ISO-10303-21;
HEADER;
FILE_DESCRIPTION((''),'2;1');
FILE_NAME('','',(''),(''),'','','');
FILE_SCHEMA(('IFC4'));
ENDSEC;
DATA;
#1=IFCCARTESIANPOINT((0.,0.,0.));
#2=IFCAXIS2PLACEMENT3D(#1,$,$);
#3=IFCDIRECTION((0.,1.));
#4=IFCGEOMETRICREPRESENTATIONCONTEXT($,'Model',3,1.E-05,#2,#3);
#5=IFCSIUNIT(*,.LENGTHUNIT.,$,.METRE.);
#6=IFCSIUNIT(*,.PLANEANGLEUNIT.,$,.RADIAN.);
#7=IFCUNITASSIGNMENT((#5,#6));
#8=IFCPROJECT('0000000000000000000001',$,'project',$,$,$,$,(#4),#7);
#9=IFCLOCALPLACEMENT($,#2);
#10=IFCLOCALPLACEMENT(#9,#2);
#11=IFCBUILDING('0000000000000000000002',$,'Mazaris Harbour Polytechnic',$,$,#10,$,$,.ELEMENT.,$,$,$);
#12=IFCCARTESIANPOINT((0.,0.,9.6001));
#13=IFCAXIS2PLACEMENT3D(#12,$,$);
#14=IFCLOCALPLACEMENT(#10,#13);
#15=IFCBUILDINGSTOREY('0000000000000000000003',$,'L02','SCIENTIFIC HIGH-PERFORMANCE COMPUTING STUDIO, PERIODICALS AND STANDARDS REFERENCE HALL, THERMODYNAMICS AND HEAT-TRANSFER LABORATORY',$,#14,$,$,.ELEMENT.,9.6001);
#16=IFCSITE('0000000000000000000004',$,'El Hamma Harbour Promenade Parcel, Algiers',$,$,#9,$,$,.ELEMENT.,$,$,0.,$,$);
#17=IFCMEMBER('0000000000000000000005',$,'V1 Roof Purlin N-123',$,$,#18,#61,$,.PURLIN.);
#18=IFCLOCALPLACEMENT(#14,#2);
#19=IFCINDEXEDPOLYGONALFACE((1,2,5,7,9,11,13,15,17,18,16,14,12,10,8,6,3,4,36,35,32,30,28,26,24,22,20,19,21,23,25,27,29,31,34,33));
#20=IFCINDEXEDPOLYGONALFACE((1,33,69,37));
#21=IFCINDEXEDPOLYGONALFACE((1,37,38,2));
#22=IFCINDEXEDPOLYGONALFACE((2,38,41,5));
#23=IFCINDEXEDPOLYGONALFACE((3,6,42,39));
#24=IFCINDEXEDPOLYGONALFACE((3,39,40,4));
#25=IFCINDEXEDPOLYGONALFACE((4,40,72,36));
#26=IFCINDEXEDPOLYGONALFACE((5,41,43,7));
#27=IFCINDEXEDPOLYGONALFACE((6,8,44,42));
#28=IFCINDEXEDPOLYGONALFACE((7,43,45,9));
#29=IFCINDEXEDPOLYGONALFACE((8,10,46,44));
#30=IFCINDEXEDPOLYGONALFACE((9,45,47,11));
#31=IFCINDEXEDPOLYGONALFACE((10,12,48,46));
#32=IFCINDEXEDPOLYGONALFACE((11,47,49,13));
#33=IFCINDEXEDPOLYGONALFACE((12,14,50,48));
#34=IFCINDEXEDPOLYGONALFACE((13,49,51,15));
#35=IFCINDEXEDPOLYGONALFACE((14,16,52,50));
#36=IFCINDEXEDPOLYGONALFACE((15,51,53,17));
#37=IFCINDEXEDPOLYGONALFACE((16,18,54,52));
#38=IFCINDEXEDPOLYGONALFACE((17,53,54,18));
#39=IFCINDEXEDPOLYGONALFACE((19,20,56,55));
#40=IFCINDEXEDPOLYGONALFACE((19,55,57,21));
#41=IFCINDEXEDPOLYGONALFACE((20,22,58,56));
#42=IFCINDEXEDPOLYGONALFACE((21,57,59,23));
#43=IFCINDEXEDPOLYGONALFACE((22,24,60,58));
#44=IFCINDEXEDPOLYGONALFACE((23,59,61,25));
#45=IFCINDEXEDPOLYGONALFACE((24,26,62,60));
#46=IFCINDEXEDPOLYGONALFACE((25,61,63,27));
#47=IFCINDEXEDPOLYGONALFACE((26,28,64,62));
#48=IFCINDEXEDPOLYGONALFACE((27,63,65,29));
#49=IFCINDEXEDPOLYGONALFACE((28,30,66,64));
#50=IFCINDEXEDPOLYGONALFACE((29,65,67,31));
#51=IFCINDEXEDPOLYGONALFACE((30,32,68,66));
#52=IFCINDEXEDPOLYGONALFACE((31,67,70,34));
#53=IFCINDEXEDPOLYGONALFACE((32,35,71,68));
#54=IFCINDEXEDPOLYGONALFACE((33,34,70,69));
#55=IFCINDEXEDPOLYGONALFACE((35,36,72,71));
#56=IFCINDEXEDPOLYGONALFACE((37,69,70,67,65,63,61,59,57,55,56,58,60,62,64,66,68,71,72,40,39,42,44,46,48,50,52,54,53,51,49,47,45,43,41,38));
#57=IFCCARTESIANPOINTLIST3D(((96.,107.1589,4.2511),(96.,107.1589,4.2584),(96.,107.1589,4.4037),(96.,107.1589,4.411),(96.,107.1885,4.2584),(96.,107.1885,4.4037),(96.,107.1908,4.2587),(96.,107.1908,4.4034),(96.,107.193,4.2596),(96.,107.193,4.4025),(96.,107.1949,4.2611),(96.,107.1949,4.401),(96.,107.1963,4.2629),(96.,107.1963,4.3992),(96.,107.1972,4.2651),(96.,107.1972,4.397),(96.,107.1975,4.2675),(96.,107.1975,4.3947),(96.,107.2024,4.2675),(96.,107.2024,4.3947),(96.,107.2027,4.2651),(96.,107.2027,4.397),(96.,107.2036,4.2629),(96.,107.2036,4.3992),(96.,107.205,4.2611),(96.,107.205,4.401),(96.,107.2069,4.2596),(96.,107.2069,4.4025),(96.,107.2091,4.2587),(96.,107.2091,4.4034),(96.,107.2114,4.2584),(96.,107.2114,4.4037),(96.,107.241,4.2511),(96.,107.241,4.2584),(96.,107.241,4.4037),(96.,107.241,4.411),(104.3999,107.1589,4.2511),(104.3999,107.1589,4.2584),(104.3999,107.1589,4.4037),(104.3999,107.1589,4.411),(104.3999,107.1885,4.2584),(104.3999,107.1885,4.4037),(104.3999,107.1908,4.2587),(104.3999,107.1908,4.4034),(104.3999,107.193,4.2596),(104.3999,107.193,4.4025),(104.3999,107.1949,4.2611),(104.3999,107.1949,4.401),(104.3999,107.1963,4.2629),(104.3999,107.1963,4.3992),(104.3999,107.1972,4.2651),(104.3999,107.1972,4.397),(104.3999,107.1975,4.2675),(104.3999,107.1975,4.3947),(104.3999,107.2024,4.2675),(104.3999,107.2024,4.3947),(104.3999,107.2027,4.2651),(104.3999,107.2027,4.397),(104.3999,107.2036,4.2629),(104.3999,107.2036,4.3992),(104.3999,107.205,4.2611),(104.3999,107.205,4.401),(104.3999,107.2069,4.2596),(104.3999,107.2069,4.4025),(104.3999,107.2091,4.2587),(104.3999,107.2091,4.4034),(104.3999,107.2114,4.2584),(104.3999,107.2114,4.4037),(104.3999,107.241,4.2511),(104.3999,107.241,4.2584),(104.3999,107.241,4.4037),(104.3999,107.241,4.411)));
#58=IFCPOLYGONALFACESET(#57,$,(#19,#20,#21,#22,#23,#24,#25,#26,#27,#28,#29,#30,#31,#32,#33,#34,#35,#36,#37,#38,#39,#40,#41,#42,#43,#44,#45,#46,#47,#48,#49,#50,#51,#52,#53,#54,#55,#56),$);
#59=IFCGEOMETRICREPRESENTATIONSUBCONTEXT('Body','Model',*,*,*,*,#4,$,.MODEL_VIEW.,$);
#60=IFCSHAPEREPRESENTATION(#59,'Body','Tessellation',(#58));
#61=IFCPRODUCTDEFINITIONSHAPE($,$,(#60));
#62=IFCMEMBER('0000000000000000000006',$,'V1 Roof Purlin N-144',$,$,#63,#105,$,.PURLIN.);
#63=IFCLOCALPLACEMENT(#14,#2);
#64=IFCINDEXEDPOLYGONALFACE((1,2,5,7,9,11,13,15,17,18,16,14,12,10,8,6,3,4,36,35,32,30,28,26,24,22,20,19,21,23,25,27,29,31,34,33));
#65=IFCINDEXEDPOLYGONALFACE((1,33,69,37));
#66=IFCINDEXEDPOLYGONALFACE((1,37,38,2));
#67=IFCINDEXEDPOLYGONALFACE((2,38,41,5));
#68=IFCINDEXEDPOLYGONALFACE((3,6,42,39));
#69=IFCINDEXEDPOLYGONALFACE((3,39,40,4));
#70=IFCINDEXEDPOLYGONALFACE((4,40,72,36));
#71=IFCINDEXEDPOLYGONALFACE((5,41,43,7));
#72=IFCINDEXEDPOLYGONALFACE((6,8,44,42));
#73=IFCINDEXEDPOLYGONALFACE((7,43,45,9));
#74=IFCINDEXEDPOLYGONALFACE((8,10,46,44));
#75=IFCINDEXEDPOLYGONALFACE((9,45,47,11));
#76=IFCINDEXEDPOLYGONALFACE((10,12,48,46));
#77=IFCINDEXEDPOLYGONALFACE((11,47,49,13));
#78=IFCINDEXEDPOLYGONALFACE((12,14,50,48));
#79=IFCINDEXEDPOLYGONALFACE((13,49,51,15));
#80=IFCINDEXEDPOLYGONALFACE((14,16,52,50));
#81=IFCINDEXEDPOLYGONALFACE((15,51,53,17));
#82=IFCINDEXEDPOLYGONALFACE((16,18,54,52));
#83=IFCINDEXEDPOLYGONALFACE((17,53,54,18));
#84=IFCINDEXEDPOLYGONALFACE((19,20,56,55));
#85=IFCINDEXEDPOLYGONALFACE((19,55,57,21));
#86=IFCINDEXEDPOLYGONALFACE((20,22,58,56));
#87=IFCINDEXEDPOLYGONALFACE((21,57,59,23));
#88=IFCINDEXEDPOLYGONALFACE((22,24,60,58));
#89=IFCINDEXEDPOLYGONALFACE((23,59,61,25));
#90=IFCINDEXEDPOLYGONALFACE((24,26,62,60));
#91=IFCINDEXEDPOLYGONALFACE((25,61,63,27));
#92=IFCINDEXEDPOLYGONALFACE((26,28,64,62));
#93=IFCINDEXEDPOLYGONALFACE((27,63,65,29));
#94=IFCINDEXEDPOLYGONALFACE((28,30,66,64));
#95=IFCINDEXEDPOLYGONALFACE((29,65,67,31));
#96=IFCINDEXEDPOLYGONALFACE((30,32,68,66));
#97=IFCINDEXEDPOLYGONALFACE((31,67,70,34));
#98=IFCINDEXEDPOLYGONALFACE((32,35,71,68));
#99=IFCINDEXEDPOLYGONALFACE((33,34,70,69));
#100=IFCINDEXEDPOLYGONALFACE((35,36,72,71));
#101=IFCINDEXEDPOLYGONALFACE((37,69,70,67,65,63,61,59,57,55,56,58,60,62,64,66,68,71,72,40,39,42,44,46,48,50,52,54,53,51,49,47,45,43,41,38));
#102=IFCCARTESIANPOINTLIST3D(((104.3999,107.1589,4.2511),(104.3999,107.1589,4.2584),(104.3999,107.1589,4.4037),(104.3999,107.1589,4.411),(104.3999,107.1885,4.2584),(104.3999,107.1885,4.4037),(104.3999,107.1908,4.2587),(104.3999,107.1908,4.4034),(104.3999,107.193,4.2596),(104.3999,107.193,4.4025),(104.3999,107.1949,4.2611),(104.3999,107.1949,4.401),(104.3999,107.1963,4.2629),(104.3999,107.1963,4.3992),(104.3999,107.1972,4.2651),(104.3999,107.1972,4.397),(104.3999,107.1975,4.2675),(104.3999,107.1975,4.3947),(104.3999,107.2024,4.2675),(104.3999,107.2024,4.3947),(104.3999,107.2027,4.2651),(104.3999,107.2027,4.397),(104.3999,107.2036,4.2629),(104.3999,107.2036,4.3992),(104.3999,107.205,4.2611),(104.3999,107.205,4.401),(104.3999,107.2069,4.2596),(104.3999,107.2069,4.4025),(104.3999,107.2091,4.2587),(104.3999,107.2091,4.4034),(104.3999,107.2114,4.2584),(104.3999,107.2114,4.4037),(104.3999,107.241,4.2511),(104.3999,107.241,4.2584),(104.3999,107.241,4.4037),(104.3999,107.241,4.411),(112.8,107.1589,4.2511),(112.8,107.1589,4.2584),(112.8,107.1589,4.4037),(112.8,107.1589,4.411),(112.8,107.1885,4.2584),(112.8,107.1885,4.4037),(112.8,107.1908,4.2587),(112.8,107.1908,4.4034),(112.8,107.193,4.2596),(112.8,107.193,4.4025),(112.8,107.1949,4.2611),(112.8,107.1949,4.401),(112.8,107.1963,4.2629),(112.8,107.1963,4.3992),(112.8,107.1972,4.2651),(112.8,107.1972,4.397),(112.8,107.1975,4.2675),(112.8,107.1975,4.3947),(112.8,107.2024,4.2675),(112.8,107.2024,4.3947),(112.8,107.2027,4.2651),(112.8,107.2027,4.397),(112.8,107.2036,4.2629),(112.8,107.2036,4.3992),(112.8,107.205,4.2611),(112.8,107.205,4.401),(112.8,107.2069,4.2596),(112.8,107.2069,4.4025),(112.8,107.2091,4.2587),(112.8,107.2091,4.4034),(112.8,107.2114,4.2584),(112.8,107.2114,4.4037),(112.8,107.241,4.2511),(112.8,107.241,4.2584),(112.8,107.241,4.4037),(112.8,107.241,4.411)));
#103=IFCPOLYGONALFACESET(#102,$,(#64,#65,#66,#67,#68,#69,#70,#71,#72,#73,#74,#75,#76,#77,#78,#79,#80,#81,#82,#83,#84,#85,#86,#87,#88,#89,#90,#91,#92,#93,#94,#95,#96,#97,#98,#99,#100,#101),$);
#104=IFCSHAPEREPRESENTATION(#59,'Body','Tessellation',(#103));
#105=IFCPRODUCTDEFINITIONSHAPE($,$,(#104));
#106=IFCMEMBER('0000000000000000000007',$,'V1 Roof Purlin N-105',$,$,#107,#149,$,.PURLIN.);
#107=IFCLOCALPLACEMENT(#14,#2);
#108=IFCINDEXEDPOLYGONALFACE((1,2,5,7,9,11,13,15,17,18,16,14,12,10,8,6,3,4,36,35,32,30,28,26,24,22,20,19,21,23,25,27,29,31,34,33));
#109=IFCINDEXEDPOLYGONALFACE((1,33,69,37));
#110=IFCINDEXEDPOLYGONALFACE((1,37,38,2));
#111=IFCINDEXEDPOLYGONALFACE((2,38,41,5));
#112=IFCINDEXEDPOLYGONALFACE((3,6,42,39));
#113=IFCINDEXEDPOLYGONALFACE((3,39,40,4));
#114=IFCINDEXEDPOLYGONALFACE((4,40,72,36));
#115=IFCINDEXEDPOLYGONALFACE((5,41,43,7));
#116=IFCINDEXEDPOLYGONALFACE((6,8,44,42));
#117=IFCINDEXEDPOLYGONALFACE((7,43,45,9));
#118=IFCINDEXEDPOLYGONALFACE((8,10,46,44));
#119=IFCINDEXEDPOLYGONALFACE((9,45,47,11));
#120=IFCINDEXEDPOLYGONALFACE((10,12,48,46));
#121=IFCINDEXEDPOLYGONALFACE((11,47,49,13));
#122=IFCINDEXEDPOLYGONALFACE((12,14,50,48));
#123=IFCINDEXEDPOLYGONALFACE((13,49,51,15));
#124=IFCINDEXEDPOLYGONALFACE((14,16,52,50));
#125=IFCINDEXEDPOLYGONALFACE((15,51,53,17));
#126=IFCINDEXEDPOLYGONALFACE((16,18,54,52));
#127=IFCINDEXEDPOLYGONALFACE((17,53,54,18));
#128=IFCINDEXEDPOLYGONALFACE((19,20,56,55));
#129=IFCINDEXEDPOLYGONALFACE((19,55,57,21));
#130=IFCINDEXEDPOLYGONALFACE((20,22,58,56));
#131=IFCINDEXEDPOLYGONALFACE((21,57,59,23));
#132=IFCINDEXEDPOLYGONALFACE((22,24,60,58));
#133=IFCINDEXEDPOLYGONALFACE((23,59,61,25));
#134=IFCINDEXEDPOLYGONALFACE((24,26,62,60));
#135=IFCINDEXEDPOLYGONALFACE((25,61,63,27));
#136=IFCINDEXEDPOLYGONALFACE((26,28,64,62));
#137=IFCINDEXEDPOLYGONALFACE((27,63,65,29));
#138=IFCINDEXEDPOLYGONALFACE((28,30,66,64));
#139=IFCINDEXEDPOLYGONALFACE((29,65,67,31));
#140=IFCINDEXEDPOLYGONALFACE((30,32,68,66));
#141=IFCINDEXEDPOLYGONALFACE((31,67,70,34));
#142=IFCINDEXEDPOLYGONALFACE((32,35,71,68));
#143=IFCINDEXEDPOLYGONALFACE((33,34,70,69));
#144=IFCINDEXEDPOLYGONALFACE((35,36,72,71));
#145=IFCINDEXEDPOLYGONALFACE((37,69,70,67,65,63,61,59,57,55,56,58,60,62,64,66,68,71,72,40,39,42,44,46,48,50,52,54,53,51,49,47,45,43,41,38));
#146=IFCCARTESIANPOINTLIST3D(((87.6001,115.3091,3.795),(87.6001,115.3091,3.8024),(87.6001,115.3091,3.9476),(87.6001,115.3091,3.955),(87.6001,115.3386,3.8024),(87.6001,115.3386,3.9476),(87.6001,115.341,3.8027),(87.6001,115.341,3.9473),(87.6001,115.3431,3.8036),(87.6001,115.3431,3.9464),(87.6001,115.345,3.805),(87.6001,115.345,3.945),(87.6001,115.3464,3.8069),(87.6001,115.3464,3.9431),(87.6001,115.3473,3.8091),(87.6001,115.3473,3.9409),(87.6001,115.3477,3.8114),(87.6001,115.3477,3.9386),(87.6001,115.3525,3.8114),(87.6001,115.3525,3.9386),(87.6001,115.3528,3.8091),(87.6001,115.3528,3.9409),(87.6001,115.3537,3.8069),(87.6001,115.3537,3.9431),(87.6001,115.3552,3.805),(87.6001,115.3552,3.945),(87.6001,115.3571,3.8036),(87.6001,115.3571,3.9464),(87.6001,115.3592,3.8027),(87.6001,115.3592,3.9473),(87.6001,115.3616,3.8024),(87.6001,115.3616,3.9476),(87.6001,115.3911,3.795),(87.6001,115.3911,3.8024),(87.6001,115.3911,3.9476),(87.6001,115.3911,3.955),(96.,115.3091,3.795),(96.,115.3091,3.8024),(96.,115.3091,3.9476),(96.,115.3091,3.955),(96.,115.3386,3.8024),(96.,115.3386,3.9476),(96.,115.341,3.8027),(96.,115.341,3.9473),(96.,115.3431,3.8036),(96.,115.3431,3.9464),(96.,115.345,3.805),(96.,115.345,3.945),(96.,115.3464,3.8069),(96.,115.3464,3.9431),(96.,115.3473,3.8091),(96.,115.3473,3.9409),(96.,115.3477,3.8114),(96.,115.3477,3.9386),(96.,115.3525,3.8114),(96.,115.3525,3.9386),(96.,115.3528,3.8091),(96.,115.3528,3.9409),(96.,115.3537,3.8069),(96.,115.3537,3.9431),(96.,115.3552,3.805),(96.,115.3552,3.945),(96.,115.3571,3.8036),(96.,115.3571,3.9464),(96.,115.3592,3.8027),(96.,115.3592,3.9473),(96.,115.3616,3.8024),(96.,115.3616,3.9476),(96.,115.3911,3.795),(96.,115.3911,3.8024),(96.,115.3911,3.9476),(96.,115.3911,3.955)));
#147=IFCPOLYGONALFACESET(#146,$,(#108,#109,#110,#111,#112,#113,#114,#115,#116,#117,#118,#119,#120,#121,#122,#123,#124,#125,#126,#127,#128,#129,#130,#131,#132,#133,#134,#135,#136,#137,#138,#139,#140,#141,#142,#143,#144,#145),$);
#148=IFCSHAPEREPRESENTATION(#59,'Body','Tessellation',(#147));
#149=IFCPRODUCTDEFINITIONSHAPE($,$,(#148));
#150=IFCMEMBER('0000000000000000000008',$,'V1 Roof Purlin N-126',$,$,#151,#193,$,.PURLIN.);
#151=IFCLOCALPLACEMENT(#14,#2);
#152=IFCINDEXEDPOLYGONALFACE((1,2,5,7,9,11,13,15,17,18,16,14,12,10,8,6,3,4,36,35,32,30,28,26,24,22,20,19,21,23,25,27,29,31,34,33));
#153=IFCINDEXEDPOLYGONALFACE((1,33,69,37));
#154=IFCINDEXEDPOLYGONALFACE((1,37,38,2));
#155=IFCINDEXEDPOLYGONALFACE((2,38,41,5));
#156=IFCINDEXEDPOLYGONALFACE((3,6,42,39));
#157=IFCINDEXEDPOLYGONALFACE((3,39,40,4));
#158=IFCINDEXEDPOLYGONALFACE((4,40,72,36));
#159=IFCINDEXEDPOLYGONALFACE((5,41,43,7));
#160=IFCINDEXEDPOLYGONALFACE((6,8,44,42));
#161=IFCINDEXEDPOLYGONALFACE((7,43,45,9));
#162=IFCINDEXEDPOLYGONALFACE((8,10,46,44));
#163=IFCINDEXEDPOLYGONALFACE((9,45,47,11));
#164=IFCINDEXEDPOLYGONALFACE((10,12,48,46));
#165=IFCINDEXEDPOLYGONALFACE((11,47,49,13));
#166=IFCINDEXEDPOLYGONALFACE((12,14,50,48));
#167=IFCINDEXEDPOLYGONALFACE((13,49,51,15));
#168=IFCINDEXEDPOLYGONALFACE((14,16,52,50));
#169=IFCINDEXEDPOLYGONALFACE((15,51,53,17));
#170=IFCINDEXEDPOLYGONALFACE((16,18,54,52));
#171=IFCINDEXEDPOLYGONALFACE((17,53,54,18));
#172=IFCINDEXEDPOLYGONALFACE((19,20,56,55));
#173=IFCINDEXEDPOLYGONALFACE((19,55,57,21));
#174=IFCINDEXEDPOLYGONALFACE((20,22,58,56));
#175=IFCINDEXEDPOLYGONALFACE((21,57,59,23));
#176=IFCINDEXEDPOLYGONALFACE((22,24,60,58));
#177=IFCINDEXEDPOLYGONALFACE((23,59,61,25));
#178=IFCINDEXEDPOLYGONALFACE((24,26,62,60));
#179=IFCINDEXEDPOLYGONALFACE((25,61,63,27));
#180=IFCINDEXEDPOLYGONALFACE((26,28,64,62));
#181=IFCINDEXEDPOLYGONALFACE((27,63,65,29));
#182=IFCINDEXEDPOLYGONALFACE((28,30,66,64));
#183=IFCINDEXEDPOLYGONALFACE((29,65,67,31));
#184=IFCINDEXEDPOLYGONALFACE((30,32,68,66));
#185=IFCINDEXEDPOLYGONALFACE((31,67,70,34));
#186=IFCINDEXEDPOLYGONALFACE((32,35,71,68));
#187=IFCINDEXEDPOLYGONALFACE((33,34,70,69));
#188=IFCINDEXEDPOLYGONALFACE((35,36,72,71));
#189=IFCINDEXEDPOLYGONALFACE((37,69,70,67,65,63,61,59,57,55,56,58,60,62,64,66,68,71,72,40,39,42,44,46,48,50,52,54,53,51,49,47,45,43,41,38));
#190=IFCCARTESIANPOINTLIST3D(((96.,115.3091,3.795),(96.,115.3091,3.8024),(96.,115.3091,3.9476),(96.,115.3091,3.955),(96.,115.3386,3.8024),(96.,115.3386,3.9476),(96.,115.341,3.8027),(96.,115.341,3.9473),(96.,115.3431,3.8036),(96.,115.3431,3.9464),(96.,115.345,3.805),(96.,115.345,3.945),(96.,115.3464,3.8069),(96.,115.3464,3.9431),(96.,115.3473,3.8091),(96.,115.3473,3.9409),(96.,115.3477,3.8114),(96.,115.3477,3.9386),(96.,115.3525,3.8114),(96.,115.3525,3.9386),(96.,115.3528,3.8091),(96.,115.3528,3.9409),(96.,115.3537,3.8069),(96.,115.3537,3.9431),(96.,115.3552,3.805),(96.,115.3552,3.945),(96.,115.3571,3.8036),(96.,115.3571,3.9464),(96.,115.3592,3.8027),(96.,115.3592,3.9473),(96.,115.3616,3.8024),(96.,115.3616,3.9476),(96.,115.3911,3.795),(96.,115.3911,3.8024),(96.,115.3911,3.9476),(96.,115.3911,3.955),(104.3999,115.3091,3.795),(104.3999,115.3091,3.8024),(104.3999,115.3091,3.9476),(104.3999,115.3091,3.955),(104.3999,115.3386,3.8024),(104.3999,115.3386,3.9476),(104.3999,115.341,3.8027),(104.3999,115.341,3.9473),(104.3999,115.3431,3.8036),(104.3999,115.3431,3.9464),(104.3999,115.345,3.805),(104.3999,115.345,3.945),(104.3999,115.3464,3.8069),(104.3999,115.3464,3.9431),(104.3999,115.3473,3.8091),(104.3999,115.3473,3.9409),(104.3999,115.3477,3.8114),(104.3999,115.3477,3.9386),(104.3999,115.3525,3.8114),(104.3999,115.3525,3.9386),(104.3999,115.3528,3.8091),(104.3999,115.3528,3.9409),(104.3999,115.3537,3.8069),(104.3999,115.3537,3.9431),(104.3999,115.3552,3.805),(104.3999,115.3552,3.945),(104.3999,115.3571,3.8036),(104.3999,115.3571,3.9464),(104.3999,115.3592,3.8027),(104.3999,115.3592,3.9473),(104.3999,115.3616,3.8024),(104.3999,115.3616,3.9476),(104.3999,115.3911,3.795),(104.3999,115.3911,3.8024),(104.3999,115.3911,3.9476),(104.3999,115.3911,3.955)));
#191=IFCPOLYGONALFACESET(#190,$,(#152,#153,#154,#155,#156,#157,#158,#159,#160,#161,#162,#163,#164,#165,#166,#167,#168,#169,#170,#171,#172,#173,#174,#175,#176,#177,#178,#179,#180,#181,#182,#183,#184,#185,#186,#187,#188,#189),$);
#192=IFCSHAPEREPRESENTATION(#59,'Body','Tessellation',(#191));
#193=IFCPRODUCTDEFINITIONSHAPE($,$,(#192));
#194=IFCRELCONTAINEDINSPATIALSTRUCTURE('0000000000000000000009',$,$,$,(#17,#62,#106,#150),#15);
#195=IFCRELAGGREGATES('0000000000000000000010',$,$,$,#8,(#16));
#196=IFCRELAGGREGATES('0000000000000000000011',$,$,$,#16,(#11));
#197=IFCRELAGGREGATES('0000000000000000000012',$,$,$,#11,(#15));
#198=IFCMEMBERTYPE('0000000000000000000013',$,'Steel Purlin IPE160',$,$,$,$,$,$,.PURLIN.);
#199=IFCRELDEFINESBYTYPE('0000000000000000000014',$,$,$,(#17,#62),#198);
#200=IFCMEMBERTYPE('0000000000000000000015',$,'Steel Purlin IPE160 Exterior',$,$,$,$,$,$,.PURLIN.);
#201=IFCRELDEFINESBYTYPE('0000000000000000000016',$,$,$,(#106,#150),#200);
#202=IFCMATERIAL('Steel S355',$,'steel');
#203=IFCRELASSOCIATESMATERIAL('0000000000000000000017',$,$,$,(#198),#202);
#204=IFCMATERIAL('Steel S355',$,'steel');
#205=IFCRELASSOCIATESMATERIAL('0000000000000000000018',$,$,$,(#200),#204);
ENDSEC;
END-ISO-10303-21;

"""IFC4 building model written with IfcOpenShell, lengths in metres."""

from ifc_helpers import new_model, si_unit, direction, frame, origin, origin_2d, place, context, subcontext, project, spatial, i_section, extrude, material, material_profile, profile_set, type_object, element, save


model = new_model("IFC4")

# Units and contexts
model_context = context("Model", 3, precision=1e-05, world=origin(), true_north=direction((0.0, 1.0)))
body_context = subcontext(model_context, "Body", "Model", "MODEL_VIEW")
ifc_project = project(units=[si_unit("LENGTHUNIT", "METRE"), si_unit("PLANEANGLEUNIT", "RADIAN")], contexts=[model_context])

# Site, building, storey
site_placement = place(None, origin())
site = spatial("IfcSite", under=ifc_project, at=site_placement, Name="El Hamma Harbour Promenade Parcel, Algiers", CompositionType="ELEMENT", RefElevation=0.0)
building_placement = place(site_placement, origin())
building = spatial("IfcBuilding", under=site, at=building_placement, Name="Mazaris Harbour Polytechnic", CompositionType="ELEMENT")
storey_placement = place(building_placement, frame((0.0, 0.0, 9.6001)))
storey = spatial("IfcBuildingStorey", under=building, at=storey_placement, Name="L02", Description="SCIENTIFIC HIGH-PERFORMANCE COMPUTING STUDIO, PERIODICALS AND STANDARDS REFERENCE HALL, THERMODYNAMICS AND HEAT-TRANSFER LABORATORY", CompositionType="ELEMENT", Elevation=9.6001)

# Members
ifc_material_1 = material(Name="Steel S355", Category="steel")
ifc_material_profile_1 = material_profile(ifc_material_1, i_section(OverallWidth=0.082, OverallDepth=0.1599, WebThickness=0.0049, FlangeThickness=0.0073, FilletRadius=0.009, at=origin_2d()), Name="IPE 160")
ifc_profile_set_1 = profile_set([ifc_material_profile_1], Name="Steel S355")
member_type_1 = type_object("IfcMemberType", Name="Steel Purlin IPE160", PredefinedType="PURLIN", material=ifc_profile_set_1)
for number, where, z_axis, x_axis, name in (
    (1, (96.0, 107.2, 4.3311), (1.0, 0.0, 0.0), (0.0, 1.0, 0.0), "V1 Roof Purlin N-123"),
):
    element("IfcMember", number, at=place(storey_placement, frame(where, z_axis=z_axis, x_axis=x_axis)), inside=storey, type_object=member_type_1, Name=name, PredefinedType="PURLIN", context=body_context, shape_type="SweptSolid", body=[
        extrude(i_section(OverallWidth=0.082, OverallDepth=0.1599, WebThickness=0.0049, FlangeThickness=0.0073, FilletRadius=0.009, at=origin_2d()), origin(), (0.0, 0.0, 1.0), 8.3999),
    ])
member_1_placement = place(storey_placement, frame((104.3999, 107.2, 4.3311), z_axis=(1.0, 0.0, 0.0), x_axis=(0.0, 1.0, 0.0)))
element("IfcMember", 2, at=member_1_placement, inside=storey, type_object=member_type_1, Name="V1 Roof Purlin N-144", PredefinedType="PURLIN", context=body_context, shape_type="SweptSolid", body=[
    extrude(i_section(OverallWidth=0.082, OverallDepth=0.1599, WebThickness=0.0049, FlangeThickness=0.0073, FilletRadius=0.009, at=origin_2d()), origin(), (0.0, 0.0, 1.0), 8.4001),
])
ifc_material_2 = material(Name="Steel S355", Category="steel")
ifc_material_profile_2 = material_profile(ifc_material_2, i_section(OverallWidth=0.082, OverallDepth=0.1599, WebThickness=0.0049, FlangeThickness=0.0073, FilletRadius=0.009, at=origin_2d()), Name="IPE 160")
ifc_profile_set_2 = profile_set([ifc_material_profile_2], Name="Steel S355")
member_type_2 = type_object("IfcMemberType", Name="Steel Purlin IPE160 Exterior", PredefinedType="PURLIN", material=ifc_profile_set_2)
for number, where, z_axis, x_axis, name in (
    (3, (87.6001, 115.3501, 3.875), (1.0, 0.0, 0.0), (0.0, 1.0, 0.0), "V1 Roof Purlin N-105"),
    (4, (96.0, 115.3501, 3.875), (1.0, 0.0, 0.0), (0.0, 1.0, 0.0), "V1 Roof Purlin N-126"),
):
    element("IfcMember", number, at=place(storey_placement, frame(where, z_axis=z_axis, x_axis=x_axis)), inside=storey, type_object=member_type_2, Name=name, PredefinedType="PURLIN", context=body_context, shape_type="SweptSolid", body=[
        extrude(i_section(OverallWidth=0.082, OverallDepth=0.1599, WebThickness=0.0049, FlangeThickness=0.0073, FilletRadius=0.009, at=origin_2d()), origin(), (0.0, 0.0, 1.0), 8.3999),
    ])

save(model, "model.ifc")
